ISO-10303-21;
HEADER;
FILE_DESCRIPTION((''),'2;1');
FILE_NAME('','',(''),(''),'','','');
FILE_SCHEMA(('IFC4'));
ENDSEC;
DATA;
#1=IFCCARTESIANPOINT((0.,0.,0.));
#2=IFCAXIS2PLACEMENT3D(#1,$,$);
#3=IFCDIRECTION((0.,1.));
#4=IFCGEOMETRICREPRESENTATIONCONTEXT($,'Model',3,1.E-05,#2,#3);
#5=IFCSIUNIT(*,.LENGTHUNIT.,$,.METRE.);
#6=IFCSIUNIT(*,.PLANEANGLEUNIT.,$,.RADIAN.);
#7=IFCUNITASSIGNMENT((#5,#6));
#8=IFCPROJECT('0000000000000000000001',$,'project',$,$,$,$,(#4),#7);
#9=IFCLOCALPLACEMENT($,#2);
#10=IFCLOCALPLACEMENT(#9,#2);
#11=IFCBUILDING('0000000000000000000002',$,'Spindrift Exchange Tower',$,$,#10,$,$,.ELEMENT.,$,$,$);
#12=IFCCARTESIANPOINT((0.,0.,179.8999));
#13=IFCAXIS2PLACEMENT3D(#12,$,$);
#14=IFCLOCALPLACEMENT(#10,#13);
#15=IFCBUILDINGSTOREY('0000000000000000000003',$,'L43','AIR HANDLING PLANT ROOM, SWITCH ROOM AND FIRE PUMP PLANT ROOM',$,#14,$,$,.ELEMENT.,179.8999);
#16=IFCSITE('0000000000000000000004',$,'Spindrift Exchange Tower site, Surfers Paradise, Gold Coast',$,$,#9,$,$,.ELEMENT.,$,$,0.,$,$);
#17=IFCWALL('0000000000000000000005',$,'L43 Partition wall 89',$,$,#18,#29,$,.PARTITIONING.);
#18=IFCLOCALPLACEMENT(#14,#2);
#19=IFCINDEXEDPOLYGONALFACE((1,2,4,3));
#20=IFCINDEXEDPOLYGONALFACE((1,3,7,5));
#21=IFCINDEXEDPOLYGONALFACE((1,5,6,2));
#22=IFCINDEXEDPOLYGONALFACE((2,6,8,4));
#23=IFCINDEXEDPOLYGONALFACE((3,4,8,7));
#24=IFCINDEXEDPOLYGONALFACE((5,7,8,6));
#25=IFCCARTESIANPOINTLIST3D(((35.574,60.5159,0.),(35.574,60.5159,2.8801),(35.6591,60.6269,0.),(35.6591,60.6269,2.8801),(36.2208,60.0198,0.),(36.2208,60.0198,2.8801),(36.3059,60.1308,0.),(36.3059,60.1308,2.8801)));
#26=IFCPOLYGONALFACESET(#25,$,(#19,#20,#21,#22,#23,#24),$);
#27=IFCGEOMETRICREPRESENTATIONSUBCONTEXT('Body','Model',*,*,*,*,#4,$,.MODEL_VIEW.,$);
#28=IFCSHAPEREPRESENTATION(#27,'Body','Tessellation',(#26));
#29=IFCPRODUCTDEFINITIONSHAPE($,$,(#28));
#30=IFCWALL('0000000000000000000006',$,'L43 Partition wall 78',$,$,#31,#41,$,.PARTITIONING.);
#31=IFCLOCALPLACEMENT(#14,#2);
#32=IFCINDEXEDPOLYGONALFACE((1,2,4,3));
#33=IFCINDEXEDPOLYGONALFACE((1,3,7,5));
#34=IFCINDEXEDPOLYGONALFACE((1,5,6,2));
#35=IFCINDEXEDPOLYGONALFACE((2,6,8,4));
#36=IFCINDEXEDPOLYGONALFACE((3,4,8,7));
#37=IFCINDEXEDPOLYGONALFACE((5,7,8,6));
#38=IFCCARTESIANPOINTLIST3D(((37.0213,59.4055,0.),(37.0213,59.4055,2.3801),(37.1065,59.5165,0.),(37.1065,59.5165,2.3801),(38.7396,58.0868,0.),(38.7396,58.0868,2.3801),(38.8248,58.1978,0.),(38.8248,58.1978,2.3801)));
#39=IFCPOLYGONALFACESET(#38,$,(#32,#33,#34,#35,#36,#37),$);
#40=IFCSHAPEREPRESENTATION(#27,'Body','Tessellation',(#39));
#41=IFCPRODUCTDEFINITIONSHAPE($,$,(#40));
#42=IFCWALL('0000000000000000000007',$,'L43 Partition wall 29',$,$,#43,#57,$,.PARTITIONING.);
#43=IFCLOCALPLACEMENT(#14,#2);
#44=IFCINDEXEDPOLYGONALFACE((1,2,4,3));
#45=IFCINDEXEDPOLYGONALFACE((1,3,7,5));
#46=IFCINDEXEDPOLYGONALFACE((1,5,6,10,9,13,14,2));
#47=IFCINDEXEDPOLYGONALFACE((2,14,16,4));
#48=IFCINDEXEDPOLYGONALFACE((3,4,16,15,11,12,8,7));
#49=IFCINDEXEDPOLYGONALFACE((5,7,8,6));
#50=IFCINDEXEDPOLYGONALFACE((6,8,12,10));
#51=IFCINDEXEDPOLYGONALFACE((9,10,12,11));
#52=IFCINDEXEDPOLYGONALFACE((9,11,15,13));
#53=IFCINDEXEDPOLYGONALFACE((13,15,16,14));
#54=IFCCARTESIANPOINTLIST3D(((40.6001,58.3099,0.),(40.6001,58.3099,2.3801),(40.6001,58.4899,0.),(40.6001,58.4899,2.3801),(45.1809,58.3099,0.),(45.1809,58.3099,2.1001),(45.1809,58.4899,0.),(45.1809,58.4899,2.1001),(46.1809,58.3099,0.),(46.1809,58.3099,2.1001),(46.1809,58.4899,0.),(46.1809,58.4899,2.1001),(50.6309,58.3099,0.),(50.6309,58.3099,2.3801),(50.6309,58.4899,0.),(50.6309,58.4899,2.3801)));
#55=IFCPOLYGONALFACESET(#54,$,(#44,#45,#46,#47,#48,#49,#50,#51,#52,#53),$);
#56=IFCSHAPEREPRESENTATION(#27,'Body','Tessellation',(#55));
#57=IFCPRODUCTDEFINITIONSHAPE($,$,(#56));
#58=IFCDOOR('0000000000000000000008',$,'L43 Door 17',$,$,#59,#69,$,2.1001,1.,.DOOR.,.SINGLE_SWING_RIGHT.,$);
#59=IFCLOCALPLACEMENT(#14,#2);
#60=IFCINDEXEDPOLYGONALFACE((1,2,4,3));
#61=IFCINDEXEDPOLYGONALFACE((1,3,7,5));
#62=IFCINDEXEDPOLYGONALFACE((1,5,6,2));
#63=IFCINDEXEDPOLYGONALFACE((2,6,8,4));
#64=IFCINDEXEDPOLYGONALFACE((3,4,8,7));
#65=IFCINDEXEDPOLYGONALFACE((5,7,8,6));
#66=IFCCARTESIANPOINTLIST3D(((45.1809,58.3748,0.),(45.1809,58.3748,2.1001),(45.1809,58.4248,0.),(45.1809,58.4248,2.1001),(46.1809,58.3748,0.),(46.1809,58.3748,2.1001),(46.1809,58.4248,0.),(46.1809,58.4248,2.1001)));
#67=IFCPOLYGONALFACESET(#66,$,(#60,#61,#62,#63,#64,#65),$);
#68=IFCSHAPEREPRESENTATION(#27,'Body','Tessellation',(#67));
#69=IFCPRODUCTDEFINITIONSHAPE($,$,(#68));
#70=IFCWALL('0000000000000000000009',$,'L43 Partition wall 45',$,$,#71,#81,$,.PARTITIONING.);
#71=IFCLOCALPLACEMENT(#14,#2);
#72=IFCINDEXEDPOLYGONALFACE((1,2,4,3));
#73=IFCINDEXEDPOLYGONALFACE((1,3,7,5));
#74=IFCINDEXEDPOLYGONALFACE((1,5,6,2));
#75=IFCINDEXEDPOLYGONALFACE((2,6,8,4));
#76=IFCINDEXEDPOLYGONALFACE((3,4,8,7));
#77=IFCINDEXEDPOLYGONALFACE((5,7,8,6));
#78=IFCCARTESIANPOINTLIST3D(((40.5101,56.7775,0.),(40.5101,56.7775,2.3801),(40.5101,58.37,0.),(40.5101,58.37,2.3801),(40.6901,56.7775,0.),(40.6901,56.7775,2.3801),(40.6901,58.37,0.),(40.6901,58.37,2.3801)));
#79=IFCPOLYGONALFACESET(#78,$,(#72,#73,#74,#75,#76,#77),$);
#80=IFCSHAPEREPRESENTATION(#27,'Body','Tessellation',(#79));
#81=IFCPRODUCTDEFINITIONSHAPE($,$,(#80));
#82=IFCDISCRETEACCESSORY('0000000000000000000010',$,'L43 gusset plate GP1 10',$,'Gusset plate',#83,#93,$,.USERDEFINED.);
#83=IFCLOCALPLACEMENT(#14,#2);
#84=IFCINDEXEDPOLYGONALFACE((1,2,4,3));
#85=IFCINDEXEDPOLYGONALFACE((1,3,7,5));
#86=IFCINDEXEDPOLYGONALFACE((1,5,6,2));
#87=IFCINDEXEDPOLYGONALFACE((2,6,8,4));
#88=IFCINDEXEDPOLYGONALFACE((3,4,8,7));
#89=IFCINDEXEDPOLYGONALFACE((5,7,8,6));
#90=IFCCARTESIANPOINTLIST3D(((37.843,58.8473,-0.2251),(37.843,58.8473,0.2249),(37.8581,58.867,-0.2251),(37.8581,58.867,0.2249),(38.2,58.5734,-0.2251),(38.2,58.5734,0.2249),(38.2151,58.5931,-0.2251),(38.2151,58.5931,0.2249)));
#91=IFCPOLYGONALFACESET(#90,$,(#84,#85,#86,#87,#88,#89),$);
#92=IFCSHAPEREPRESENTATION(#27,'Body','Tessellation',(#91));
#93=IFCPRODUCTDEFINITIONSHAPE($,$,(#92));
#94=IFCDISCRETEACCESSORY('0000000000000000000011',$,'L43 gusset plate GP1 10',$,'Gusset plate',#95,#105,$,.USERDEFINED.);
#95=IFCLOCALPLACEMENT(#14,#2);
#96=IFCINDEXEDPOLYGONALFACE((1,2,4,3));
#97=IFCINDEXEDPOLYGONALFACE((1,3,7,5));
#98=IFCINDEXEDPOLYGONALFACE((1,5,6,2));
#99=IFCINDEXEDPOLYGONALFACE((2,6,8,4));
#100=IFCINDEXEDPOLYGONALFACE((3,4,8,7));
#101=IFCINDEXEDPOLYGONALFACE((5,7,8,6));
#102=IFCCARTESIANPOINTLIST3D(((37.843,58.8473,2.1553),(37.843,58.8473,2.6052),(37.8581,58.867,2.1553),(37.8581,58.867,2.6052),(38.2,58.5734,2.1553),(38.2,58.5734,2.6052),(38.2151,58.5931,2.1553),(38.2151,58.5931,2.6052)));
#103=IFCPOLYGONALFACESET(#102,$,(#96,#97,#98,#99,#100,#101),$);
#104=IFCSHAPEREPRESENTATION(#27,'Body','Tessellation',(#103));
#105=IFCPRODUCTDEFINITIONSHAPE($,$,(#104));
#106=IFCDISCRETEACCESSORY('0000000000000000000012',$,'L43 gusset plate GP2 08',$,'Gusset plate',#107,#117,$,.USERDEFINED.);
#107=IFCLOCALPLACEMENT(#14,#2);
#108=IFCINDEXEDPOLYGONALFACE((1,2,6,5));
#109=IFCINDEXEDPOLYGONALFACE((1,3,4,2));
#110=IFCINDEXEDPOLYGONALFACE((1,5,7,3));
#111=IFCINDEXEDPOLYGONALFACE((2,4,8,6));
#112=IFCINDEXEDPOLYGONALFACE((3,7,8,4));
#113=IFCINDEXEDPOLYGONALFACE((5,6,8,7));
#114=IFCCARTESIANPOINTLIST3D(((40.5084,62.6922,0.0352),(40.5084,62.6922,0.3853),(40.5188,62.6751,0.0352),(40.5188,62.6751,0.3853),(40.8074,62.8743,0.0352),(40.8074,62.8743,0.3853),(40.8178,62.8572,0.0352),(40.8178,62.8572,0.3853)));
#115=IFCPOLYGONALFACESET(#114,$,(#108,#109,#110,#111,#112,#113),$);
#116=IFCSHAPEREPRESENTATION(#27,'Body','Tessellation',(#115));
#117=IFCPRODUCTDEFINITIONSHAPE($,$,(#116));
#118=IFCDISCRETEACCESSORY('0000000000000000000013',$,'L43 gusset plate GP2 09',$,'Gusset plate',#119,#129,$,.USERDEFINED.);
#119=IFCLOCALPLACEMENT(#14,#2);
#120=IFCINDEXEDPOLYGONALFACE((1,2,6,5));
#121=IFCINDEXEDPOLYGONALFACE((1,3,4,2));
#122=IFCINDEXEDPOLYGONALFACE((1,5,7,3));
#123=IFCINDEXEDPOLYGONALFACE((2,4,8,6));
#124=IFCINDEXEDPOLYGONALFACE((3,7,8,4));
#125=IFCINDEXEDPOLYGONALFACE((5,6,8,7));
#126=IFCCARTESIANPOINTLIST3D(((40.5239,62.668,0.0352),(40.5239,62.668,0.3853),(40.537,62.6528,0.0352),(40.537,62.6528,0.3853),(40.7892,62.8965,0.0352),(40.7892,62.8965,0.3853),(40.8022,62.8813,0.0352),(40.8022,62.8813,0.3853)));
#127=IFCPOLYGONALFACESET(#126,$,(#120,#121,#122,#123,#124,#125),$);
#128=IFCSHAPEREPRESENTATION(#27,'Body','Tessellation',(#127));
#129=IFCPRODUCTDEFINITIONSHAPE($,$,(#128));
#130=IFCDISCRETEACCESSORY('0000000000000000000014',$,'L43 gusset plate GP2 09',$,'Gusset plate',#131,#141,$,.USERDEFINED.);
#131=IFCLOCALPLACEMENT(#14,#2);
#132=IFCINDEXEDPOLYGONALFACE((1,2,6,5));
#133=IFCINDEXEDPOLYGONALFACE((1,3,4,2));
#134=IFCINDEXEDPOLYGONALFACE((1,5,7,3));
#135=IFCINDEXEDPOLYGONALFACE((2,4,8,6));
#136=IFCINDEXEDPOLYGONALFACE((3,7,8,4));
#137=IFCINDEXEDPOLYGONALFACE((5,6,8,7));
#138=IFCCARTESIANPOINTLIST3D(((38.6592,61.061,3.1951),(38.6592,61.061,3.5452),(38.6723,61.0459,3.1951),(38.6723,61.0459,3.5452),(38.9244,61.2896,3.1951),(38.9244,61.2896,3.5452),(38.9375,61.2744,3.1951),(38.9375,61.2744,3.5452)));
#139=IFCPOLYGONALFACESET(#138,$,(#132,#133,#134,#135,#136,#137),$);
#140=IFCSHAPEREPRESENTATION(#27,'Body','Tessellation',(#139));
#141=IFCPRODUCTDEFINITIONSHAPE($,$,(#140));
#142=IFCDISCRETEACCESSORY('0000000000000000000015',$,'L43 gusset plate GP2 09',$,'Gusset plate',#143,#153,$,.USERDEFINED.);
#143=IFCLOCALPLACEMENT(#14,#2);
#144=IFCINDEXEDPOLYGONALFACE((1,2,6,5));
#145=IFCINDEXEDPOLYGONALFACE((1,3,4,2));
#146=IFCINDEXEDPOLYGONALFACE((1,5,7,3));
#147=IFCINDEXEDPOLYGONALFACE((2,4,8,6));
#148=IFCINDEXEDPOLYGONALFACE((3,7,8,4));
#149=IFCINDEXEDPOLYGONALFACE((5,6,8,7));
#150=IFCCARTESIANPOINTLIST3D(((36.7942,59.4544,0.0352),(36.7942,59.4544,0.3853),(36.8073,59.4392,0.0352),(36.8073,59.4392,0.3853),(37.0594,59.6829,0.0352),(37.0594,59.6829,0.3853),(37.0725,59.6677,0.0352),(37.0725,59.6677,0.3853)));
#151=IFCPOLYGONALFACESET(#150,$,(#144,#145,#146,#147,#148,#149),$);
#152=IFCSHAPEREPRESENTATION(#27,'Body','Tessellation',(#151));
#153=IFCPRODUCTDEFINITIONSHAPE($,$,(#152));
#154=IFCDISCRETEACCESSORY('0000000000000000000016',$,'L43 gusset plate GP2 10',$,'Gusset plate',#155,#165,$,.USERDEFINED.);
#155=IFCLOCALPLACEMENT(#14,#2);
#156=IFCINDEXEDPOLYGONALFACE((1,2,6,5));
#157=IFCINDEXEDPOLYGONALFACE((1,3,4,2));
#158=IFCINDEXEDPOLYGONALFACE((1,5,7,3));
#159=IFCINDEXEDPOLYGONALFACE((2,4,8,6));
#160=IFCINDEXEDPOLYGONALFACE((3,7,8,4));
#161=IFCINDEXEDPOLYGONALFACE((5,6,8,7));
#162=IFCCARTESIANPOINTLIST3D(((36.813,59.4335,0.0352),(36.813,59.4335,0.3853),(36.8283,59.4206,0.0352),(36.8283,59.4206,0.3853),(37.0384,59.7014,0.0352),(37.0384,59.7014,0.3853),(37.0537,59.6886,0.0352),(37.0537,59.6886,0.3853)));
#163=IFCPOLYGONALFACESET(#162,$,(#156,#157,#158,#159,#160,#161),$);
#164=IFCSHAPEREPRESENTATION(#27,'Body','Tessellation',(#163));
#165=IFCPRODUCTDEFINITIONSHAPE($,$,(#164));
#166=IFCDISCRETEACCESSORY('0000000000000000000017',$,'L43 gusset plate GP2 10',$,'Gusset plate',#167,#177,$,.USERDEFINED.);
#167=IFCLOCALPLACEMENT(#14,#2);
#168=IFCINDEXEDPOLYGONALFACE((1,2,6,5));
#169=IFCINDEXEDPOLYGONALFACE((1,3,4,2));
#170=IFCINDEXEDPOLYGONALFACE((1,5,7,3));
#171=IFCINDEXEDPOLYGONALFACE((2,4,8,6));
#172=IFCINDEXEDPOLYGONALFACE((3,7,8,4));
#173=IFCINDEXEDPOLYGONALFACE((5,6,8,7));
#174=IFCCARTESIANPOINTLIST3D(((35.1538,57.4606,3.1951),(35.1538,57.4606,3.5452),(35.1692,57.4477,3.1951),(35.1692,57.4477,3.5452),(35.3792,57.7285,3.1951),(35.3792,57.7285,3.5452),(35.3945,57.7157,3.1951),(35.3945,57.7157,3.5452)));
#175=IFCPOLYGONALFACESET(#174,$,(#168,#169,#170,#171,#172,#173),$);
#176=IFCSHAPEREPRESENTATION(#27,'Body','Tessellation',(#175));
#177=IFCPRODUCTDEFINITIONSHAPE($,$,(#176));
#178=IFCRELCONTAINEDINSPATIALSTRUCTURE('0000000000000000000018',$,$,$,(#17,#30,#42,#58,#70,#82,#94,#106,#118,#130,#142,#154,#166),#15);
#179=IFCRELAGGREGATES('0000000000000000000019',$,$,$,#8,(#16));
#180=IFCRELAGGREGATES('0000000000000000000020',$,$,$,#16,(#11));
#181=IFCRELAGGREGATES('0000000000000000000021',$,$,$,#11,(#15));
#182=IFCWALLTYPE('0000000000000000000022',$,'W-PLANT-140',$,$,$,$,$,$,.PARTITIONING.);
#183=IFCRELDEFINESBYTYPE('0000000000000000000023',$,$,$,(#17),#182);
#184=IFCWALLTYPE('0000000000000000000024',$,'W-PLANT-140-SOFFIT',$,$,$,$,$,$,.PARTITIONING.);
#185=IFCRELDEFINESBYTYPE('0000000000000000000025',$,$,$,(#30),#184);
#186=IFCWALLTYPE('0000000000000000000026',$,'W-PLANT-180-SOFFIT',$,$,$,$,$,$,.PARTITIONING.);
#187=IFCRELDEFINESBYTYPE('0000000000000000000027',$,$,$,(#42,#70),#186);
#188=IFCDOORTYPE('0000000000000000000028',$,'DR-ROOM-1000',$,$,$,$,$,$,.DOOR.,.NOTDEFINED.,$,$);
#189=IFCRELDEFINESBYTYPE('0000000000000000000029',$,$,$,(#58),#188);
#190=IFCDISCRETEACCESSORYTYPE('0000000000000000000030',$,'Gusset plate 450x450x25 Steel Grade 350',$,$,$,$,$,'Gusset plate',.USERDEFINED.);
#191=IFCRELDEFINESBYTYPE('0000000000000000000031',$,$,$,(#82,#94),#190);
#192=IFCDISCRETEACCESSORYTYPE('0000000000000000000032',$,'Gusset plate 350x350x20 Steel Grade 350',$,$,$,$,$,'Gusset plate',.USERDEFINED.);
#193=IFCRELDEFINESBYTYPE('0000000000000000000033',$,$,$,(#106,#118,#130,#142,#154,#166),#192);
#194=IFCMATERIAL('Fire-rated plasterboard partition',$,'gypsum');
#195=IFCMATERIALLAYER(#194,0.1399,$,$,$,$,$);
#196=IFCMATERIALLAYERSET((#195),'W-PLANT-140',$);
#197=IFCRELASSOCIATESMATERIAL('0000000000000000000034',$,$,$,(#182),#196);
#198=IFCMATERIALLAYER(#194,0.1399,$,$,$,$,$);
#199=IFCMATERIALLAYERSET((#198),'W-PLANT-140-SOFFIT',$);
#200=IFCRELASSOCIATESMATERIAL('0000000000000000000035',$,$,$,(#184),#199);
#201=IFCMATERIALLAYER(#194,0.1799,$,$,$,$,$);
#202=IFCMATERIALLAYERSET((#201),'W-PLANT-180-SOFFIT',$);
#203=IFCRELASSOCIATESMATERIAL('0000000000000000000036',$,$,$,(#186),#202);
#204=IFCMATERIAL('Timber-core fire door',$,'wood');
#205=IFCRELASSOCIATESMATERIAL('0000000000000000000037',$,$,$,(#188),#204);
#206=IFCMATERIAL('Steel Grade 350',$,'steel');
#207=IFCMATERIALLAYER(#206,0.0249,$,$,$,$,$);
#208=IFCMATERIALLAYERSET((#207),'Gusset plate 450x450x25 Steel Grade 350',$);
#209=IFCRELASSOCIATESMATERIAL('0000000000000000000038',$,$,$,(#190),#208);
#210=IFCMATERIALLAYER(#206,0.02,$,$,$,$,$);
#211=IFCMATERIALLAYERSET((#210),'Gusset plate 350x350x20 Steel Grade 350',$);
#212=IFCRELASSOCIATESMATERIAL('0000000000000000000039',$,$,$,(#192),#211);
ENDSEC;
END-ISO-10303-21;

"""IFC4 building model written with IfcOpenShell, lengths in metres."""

from ifc_helpers import new_model, si_unit, direction, frame, frame_2d, origin, origin_2d, place, context, subcontext, project, spatial, rectangle, extrude, source, transform, mapped, material, layer, layer_set, type_object, element, fill, save


model = new_model("IFC4")

# Units and contexts
model_context = context("Model", 3, precision=1e-05, world=origin(), true_north=direction((0.0, 1.0)))
body_context = subcontext(model_context, "Body", "Model", "MODEL_VIEW")
ifc_project = project(units=[si_unit("LENGTHUNIT", "METRE"), si_unit("PLANEANGLEUNIT", "RADIAN")], contexts=[model_context])

# Site, building, storey
site_placement = place(None, origin())
site = spatial("IfcSite", under=ifc_project, at=site_placement, Name="Spindrift Exchange Tower site, Surfers Paradise, Gold Coast", CompositionType="ELEMENT", RefElevation=0.0)
building_placement = place(site_placement, origin())
building = spatial("IfcBuilding", under=site, at=building_placement, Name="Spindrift Exchange Tower", CompositionType="ELEMENT")
storey_placement = place(building_placement, frame((0.0, 0.0, 179.8999)))
storey = spatial("IfcBuildingStorey", under=building, at=storey_placement, Name="L43", Description="AIR HANDLING PLANT ROOM, SWITCH ROOM AND FIRE PUMP PLANT ROOM", CompositionType="ELEMENT", Elevation=179.8999)

# Shared definitions
ifc_material_1 = material(Name="Steel Grade 350", Category="steel")

# Walls
ifc_material_2 = material(Name="Fire-rated plasterboard partition", Category="gypsum")
ifc_layer_1 = layer(ifc_material_2, 0.1399)
ifc_layer_set_1 = layer_set([ifc_layer_1], Name="W-PLANT-140")
wall_type_1 = type_object("IfcWallType", Name="W-PLANT-140", PredefinedType="PARTITIONING", material=ifc_layer_set_1)
wall_1_placement = place(storey_placement, frame((36.2634, 60.0752, 0.0), z_axis=(0.0, 0.0, 1.0), x_axis=(-0.793447, 0.608639, 0.0)))
element("IfcWall", 1, at=wall_1_placement, inside=storey, type_object=wall_type_1, Name="L43 Partition wall 89", PredefinedType="PARTITIONING", context=body_context, shape_type="SweptSolid", body=[
    extrude(rectangle(XDim=0.8152, YDim=0.1399, at=frame_2d((0.4077, 0.0))), origin(), (0.0, 0.0, 1.0), 2.8801),
])
ifc_layer_2 = layer(ifc_material_2, 0.1399)
ifc_layer_set_2 = layer_set([ifc_layer_2], Name="W-PLANT-140-SOFFIT")
wall_type_2 = type_object("IfcWallType", Name="W-PLANT-140-SOFFIT", PredefinedType="PARTITIONING", material=ifc_layer_set_2)
wall_2_placement = place(storey_placement, frame((38.7822, 58.1423, 0.0), z_axis=(0.0, 0.0, 1.0), x_axis=(-0.793323, 0.608801, 0.0)))
element("IfcWall", 2, at=wall_2_placement, inside=storey, type_object=wall_type_2, Name="L43 Partition wall 78", PredefinedType="PARTITIONING", context=body_context, shape_type="SweptSolid", body=[
    extrude(rectangle(XDim=2.166, YDim=0.1399, at=frame_2d((1.083, 0.0))), origin(), (0.0, 0.0, 1.0), 2.3801),
])

# Wall, opening, door
ifc_layer_3 = layer(ifc_material_2, 0.1799)
ifc_layer_set_3 = layer_set([ifc_layer_3], Name="W-PLANT-180-SOFFIT")
wall_type_3 = type_object("IfcWallType", Name="W-PLANT-180-SOFFIT", PredefinedType="PARTITIONING", material=ifc_layer_set_3)
wall_3_placement = place(storey_placement, frame((40.6001, 58.3999, 0.0), z_axis=(0.0, 0.0, 1.0), x_axis=(1.0, 0.0, 0.0)))
wall_3 = element("IfcWall", 3, at=wall_3_placement, inside=storey, type_object=wall_type_3, Name="L43 Partition wall 29", PredefinedType="PARTITIONING", context=body_context, shape_type="SweptSolid", body=[
    extrude(rectangle(XDim=10.0308, YDim=0.1799, at=frame_2d((5.0154, 0.0))), origin(), (0.0, 0.0, 1.0), 2.3801),
])
opening_placement = place(wall_3_placement, frame((4.5808, 0.0, 0.0)))
opening = element("IfcOpeningElement", 4, at=opening_placement, cuts=wall_3, PredefinedType="OPENING", context=body_context, shape_type="SweptSolid", body=[
    extrude(rectangle(XDim=1.0, YDim=2.1001, at=frame_2d((0.5, 1.05))), frame((0.0, 0.0999, 0.0), z_axis=(0.0, -1.0, 0.0), x_axis=(1.0, 0.0, 0.0)), (0.0, 0.0, 1.0), 0.2),
])
ifc_material_3 = material(Name="Timber-core fire door", Category="wood")
door_type = type_object("IfcDoorType", Name="DR-ROOM-1000", OperationType="NOTDEFINED", PredefinedType="DOOR", material=ifc_material_3)
shared_shape_1 = source(origin(), body_context, "Body", "SweptSolid", [
    extrude(rectangle(XDim=1.0, YDim=2.1001, at=frame_2d((0.5, 1.05))), frame((0.0, 0.0249, 0.0), z_axis=(0.0, -1.0, 0.0), x_axis=(1.0, 0.0, 0.0)), (0.0, 0.0, 1.0), 0.05),
])
door_placement = place(opening_placement, origin())
door = element("IfcDoor", 5, at=door_placement, inside=storey, type_object=door_type, Name="L43 Door 17", OperationType="SINGLE_SWING_RIGHT", OverallHeight=2.1001, OverallWidth=1.0, PredefinedType="DOOR", context=body_context, shape_type="MappedRepresentation", body=[
    mapped(shared_shape_1, transform((0.0, 0.0, 0.0), scale=1.0)),
])
fill(opening, door)

# Wall
wall_4_placement = place(storey_placement, frame((40.6001, 58.3701, 0.0), z_axis=(0.0, 0.0, 1.0), x_axis=(0.0, -1.0, 0.0)))
element("IfcWall", 6, at=wall_4_placement, inside=storey, type_object=wall_type_3, Name="L43 Partition wall 45", PredefinedType="PARTITIONING", context=body_context, shape_type="SweptSolid", body=[
    extrude(rectangle(XDim=1.5925, YDim=0.1799, at=frame_2d((0.7964, 0.0))), origin(), (0.0, 0.0, 1.0), 2.3801),
])

# Discrete accessories
ifc_layer_4 = layer(ifc_material_1, 0.0249)
ifc_layer_set_4 = layer_set([ifc_layer_4], Name="Gusset plate 450x450x25 Steel Grade 350")
discrete_accessory_type_1 = type_object("IfcDiscreteAccessoryType", Name="Gusset plate 450x450x25 Steel Grade 350", ElementType="Gusset plate", PredefinedType="USERDEFINED", material=ifc_layer_set_4)
shared_shape_2 = source(origin(), body_context, "Body", "SweptSolid", [
    extrude(rectangle(XDim=0.45, YDim=0.0249, at=origin_2d()), origin(), (0.0, 0.0, 1.0), 0.45),
])
for number, where, z_axis, x_axis, name in (
    (7, (38.0291, 58.7202, -0.2251), (0.0, 0.0, 1.0), (-0.793353, 0.608761, 0.0), "L43 gusset plate GP1 10"),
    (8, (38.0291, 58.7202, 2.1553), (0.0, 0.0, 1.0), (-0.793353, 0.608761, 0.0), "L43 gusset plate GP1 10"),
):
    element("IfcDiscreteAccessory", number, at=place(storey_placement, frame(where, z_axis=z_axis, x_axis=x_axis)), inside=storey, type_object=discrete_accessory_type_1, Name=name, ObjectType="Gusset plate", PredefinedType="USERDEFINED", context=body_context, shape_type="MappedRepresentation", body=[
        mapped(shared_shape_2, transform((0.0, 0.0, 0.0), scale=1.0)),
    ])
ifc_layer_5 = layer(ifc_material_1, 0.02)
ifc_layer_set_5 = layer_set([ifc_layer_5], Name="Gusset plate 350x350x20 Steel Grade 350")
discrete_accessory_type_2 = type_object("IfcDiscreteAccessoryType", Name="Gusset plate 350x350x20 Steel Grade 350", ElementType="Gusset plate", PredefinedType="USERDEFINED", material=ifc_layer_set_5)
shared_shape_3 = source(origin(), body_context, "Body", "SweptSolid", [
    extrude(rectangle(XDim=0.3501, YDim=0.02, at=origin_2d()), origin(), (0.0, 0.0, 1.0), 0.3501),
])
for number, where, z_axis, x_axis, name in (
    (9, (40.6631, 62.7747, 0.0352), (0.0, 0.0, 1.0), (-0.854103, -0.520104, 0.0), "L43 gusset plate GP2 08"),
    (10, (40.6631, 62.7747, 0.0352), (0.0, 0.0, 1.0), (-0.757548, -0.65278, 0.0), "L43 gusset plate GP2 09"),
    (11, (38.7983, 61.1677, 3.1951), (0.0, 0.0, 1.0), (-0.757548, -0.65278, 0.0), "L43 gusset plate GP2 09"),
    (12, (36.9333, 59.561, 0.0352), (0.0, 0.0, 1.0), (-0.757585, -0.652736, 0.0), "L43 gusset plate GP2 09"),
    (13, (36.9333, 59.561, 0.0352), (0.0, 0.0, 1.0), (-0.64368, -0.765295, 0.0), "L43 gusset plate GP2 10"),
    (14, (35.2742, 57.5881, 3.1951), (0.0, 0.0, 1.0), (-0.64368, -0.765295, 0.0), "L43 gusset plate GP2 10"),
):
    element("IfcDiscreteAccessory", number, at=place(storey_placement, frame(where, z_axis=z_axis, x_axis=x_axis)), inside=storey, type_object=discrete_accessory_type_2, Name=name, ObjectType="Gusset plate", PredefinedType="USERDEFINED", context=body_context, shape_type="MappedRepresentation", body=[
        mapped(shared_shape_3, transform((0.0, 0.0, 0.0), scale=1.0)),
    ])

save(model, "model.ifc")
